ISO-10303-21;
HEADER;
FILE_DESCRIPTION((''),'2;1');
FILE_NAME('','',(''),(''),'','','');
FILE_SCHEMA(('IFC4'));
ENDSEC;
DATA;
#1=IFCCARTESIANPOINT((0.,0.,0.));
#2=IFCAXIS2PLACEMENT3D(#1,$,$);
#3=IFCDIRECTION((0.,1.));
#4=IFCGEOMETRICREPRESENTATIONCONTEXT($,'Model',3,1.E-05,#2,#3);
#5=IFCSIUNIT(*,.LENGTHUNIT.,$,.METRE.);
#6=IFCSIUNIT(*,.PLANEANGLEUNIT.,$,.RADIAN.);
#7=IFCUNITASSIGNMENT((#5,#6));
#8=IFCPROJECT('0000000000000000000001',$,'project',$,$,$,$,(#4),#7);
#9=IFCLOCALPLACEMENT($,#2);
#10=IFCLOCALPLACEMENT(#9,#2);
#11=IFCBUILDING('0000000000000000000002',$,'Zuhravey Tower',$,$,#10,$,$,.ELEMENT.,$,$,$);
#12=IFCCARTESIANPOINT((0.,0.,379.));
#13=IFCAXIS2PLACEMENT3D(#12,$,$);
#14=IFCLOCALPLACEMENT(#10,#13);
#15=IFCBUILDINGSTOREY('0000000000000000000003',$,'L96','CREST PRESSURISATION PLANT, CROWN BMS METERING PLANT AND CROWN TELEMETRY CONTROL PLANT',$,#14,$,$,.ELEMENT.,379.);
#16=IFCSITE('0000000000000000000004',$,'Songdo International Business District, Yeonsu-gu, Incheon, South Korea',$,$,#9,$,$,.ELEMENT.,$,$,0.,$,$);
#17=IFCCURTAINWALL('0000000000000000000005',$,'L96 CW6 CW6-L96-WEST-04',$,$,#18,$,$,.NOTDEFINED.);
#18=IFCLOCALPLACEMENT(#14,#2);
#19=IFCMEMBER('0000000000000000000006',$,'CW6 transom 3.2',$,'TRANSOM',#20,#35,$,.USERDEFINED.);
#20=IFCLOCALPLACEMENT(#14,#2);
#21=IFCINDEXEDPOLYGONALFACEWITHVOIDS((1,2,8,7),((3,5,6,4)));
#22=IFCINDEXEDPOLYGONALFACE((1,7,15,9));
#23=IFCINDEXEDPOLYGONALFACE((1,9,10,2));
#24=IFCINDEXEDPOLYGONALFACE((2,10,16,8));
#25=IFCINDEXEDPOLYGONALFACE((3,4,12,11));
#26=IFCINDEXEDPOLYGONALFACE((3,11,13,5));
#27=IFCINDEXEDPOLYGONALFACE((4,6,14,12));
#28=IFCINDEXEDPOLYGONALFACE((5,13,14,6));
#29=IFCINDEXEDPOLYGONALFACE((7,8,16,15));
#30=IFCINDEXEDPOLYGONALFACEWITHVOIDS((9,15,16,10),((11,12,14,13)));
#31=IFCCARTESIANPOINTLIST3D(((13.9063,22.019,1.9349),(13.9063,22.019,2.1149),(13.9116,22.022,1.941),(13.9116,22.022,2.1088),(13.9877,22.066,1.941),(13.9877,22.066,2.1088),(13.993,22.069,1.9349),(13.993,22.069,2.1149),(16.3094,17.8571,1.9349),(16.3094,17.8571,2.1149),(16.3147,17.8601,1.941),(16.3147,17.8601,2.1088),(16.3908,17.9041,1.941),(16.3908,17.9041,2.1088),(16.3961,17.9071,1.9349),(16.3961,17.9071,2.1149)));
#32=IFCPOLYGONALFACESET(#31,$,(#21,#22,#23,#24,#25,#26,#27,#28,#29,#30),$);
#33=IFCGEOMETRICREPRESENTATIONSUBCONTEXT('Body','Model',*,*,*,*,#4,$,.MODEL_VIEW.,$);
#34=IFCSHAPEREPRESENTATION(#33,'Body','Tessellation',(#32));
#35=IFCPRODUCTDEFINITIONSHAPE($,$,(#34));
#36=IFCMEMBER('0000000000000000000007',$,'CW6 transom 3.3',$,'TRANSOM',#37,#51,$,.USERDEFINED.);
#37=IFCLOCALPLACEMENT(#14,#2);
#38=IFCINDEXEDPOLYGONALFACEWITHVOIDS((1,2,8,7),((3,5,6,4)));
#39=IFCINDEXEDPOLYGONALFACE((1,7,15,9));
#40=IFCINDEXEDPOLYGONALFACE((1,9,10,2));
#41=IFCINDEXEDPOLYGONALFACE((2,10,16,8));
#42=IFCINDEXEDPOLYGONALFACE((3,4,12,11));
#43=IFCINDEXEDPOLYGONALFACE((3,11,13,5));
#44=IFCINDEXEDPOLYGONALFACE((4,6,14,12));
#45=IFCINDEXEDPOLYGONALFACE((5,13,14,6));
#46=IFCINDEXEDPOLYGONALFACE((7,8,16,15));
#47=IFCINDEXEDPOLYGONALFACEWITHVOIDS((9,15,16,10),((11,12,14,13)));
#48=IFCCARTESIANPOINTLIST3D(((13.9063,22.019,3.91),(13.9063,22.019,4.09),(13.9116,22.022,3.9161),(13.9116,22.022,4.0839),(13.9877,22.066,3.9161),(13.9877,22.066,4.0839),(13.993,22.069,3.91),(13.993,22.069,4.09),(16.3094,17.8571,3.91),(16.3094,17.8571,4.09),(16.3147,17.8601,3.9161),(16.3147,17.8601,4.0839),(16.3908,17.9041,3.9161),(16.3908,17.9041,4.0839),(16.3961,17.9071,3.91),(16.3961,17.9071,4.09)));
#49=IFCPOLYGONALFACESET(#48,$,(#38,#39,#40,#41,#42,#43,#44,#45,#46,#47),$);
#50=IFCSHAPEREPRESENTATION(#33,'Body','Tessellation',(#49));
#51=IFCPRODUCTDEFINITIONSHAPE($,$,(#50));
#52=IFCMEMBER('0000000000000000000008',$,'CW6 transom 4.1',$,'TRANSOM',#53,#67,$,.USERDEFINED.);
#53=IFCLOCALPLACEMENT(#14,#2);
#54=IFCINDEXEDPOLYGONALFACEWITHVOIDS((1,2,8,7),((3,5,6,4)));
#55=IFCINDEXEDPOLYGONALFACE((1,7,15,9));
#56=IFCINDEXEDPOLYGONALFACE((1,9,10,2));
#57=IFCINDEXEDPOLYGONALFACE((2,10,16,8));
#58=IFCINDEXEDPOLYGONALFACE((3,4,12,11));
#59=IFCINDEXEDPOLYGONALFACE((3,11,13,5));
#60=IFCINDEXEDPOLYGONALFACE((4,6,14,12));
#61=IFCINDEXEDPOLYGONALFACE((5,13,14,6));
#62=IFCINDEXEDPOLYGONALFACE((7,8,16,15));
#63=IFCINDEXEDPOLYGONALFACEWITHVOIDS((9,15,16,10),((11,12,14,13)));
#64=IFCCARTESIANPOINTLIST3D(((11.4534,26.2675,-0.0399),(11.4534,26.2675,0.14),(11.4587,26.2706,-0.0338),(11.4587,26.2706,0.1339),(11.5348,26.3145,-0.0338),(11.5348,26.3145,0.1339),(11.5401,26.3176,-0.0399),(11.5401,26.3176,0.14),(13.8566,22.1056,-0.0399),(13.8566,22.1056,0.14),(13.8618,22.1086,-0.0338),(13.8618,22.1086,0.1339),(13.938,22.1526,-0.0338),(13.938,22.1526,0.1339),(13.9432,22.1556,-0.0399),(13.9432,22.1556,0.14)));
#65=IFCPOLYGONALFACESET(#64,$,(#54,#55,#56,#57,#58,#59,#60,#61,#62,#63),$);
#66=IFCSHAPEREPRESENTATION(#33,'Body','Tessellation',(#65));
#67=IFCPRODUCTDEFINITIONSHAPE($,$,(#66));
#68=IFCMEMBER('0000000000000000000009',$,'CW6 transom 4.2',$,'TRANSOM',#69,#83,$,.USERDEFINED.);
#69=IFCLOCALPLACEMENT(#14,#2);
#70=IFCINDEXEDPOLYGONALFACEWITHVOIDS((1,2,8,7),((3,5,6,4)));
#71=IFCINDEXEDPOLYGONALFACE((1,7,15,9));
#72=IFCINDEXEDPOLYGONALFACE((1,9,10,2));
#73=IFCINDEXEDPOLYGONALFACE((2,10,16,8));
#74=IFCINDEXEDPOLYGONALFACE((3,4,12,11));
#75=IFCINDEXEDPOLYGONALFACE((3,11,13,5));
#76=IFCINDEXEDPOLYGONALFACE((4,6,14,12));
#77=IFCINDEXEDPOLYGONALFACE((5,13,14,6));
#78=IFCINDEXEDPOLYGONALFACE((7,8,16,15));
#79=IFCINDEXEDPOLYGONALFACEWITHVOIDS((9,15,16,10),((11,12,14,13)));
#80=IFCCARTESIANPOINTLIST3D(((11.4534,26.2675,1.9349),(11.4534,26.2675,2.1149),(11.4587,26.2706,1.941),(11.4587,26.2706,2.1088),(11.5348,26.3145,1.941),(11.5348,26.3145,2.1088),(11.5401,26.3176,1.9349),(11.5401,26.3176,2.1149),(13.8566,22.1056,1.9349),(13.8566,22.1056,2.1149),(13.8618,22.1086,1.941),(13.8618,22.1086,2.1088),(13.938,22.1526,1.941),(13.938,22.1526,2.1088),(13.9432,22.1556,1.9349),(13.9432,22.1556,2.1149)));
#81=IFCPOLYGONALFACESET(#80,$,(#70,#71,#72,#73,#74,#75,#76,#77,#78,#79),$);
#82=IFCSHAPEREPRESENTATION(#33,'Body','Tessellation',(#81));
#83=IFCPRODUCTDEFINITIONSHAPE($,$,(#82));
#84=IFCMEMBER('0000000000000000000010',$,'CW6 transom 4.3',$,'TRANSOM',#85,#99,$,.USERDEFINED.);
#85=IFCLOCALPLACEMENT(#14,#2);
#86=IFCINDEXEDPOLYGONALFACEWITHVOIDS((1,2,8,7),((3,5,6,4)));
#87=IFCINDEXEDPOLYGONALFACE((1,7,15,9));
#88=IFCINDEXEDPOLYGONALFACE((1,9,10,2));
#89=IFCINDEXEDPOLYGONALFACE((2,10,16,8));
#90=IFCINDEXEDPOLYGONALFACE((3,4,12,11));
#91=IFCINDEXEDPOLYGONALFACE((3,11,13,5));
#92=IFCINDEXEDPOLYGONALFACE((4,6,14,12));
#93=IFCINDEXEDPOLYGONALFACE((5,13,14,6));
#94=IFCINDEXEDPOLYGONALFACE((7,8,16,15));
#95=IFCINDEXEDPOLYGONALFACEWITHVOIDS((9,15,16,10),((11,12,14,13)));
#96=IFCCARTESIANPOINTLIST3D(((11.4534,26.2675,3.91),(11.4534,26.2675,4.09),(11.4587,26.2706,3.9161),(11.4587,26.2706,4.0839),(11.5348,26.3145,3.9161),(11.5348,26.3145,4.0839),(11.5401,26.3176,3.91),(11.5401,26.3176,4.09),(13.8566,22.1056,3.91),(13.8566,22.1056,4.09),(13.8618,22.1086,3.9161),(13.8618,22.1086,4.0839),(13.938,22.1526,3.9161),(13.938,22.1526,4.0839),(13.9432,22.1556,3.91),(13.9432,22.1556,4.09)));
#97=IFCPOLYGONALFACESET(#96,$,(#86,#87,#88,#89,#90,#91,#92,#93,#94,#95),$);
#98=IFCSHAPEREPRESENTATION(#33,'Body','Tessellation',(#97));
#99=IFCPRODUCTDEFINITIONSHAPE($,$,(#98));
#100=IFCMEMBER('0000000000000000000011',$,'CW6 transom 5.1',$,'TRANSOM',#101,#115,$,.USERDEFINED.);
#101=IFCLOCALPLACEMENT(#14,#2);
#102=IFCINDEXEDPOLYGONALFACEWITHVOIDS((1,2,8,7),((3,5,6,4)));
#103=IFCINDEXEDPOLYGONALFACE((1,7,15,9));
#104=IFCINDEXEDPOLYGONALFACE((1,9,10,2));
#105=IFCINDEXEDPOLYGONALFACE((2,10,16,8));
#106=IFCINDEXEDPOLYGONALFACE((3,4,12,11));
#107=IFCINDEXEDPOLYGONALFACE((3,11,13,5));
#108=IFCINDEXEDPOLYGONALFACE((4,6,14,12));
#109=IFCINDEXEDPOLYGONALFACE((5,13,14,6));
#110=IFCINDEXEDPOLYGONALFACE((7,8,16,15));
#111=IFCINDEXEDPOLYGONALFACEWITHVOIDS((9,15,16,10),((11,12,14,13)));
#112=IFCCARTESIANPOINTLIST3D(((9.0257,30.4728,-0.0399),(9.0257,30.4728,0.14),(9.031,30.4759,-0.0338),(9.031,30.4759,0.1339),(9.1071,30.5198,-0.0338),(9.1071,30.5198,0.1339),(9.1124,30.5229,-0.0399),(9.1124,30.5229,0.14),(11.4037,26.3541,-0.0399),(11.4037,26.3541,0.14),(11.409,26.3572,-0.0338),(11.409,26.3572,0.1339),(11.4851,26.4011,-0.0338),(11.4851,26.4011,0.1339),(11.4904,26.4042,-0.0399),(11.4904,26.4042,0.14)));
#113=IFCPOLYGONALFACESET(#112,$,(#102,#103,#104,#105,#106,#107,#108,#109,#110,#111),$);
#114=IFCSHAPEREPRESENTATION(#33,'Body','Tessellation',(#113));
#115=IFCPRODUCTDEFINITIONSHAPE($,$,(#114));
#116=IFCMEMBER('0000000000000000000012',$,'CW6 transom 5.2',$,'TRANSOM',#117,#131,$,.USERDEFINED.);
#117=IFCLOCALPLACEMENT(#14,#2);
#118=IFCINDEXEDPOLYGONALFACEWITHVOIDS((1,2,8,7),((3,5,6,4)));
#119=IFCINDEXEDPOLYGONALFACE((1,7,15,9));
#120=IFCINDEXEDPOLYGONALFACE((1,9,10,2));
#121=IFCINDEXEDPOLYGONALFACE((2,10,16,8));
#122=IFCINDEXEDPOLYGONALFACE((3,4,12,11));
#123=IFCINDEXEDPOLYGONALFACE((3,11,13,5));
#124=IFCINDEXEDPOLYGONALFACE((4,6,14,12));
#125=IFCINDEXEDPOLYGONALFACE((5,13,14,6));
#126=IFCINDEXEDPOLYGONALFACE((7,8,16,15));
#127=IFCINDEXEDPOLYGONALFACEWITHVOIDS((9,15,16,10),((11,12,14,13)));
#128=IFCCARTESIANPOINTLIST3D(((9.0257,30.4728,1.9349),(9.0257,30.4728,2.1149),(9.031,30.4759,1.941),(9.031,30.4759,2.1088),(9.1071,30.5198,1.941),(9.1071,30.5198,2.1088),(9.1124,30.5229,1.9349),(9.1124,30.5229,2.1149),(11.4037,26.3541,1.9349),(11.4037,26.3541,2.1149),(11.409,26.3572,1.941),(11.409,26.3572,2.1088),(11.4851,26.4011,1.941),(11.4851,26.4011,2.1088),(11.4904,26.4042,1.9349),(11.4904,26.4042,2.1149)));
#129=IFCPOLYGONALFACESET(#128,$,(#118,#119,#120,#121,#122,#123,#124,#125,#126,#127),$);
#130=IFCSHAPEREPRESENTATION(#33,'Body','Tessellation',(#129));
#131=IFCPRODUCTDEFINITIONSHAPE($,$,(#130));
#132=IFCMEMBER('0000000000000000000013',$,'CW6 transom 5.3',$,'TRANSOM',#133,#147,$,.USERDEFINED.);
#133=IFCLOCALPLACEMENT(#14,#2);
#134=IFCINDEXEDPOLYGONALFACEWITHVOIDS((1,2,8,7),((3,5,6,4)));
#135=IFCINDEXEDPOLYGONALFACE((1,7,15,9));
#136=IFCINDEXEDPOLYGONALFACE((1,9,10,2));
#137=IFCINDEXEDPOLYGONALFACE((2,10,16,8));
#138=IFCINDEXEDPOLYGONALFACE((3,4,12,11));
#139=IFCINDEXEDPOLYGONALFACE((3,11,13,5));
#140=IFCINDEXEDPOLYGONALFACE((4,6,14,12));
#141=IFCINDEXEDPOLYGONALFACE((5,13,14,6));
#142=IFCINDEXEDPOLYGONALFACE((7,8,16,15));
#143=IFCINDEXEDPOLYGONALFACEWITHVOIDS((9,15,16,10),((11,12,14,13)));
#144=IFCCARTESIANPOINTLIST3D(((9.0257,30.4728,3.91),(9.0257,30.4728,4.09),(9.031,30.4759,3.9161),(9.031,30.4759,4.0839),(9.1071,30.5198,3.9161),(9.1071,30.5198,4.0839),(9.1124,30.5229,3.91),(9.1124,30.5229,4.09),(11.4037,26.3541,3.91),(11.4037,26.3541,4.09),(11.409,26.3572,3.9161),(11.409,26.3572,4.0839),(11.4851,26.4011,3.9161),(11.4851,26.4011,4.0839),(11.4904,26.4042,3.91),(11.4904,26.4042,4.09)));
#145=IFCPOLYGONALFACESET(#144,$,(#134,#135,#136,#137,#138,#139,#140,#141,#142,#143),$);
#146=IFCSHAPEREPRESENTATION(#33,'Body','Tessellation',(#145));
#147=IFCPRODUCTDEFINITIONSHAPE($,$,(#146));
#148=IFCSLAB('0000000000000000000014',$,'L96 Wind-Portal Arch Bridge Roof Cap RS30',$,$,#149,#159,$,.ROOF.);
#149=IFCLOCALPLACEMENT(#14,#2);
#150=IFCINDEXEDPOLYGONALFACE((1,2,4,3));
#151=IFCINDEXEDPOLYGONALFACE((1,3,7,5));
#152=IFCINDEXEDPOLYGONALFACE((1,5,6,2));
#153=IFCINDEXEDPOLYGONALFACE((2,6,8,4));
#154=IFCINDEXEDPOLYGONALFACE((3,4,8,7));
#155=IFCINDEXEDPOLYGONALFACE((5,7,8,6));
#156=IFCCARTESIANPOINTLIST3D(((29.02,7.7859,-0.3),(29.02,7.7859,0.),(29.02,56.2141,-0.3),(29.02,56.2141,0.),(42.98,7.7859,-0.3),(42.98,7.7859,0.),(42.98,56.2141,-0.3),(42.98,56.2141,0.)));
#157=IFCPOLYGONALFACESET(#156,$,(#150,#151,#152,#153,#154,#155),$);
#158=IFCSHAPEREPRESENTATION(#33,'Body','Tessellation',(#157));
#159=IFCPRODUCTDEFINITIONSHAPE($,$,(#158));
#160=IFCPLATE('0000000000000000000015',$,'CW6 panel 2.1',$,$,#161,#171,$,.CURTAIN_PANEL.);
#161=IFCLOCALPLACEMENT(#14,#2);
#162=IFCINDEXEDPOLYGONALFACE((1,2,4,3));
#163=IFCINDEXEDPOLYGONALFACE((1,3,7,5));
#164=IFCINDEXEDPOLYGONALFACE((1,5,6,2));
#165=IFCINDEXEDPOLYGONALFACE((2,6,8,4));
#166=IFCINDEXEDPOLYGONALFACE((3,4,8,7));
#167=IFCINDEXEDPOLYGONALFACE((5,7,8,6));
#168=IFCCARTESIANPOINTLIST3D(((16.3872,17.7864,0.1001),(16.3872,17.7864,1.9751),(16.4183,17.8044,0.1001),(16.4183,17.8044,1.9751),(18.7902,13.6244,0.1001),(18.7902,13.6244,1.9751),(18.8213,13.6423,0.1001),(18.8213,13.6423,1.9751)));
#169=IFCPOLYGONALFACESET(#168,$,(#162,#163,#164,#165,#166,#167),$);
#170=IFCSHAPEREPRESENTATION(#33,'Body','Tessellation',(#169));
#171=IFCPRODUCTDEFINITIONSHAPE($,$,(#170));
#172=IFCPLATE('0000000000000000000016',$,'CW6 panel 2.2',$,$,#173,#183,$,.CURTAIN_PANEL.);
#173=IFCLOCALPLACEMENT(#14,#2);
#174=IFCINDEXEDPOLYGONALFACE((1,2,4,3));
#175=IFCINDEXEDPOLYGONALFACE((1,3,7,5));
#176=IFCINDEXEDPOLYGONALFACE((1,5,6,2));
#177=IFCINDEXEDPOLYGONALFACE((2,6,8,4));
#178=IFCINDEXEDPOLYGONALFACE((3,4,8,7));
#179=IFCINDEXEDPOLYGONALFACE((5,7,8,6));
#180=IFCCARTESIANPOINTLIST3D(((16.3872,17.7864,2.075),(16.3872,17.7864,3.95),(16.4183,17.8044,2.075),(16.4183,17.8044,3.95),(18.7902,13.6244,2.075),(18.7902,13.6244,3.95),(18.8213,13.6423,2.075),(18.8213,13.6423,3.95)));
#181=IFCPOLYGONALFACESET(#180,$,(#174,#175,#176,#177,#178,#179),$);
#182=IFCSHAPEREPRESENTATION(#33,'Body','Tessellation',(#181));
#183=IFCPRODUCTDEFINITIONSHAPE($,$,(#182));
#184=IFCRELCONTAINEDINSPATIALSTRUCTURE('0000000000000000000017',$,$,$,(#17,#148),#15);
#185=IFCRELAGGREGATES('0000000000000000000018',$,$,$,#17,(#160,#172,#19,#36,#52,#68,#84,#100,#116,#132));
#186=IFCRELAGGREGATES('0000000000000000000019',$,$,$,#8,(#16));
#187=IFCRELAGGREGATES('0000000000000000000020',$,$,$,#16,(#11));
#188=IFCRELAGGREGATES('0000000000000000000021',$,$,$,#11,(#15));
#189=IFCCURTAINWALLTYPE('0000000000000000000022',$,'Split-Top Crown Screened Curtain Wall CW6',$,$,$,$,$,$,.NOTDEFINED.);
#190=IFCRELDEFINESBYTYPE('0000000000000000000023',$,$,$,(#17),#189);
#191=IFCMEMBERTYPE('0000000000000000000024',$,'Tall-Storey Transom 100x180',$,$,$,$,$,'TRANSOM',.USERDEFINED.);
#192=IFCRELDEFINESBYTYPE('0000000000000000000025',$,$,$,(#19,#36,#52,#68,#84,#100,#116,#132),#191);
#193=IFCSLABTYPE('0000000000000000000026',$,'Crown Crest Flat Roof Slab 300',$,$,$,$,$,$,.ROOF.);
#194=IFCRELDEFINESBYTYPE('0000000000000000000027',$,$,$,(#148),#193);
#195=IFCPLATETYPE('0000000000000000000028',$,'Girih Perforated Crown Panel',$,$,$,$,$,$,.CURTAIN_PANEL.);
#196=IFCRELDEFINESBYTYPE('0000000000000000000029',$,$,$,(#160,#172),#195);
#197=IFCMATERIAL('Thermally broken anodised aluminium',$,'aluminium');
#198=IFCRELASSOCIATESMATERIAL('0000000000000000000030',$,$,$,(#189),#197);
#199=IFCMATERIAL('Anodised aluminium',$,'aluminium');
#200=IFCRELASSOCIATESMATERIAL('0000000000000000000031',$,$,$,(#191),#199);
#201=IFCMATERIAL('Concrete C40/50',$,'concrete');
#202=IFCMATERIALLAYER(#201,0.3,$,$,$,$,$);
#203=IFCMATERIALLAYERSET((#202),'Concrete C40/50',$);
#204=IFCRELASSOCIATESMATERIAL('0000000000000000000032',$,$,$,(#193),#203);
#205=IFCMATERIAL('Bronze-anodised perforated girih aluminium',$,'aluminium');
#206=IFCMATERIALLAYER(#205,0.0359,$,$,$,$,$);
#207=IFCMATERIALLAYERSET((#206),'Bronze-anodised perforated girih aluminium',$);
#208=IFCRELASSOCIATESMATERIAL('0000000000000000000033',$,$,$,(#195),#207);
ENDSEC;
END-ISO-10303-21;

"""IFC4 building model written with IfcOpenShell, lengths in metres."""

from ifc_helpers import new_model, si_unit, direction, frame, origin, origin_2d, place, context, subcontext, project, spatial, polyline, rectangle, hollow_rectangle, outline, extrude, material, layer, layer_set, material_profile, profile_set, type_object, element, aggregate, save


model = new_model("IFC4")

# Units and contexts
model_context = context("Model", 3, precision=1e-05, world=origin(), true_north=direction((0.0, 1.0)))
body_context = subcontext(model_context, "Body", "Model", "MODEL_VIEW")
ifc_project = project(units=[si_unit("LENGTHUNIT", "METRE"), si_unit("PLANEANGLEUNIT", "RADIAN")], contexts=[model_context])

# Site, building, storey
site_placement = place(None, origin())
site = spatial("IfcSite", under=ifc_project, at=site_placement, Name="Songdo International Business District, Yeonsu-gu, Incheon, South Korea", CompositionType="ELEMENT", RefElevation=0.0)
building_placement = place(site_placement, origin())
building = spatial("IfcBuilding", under=site, at=building_placement, Name="Zuhravey Tower", CompositionType="ELEMENT")
storey_placement = place(building_placement, frame((0.0, 0.0, 379.0)))
storey = spatial("IfcBuildingStorey", under=building, at=storey_placement, Name="L96", Description="CREST PRESSURISATION PLANT, CROWN BMS METERING PLANT AND CROWN TELEMETRY CONTROL PLANT", CompositionType="ELEMENT", Elevation=379.0)

# Curtain wall, members
ifc_material_1 = material(Name="Thermally broken anodised aluminium", Category="aluminium")
curtain_wall_type = type_object("IfcCurtainWallType", Name="Split-Top Crown Screened Curtain Wall CW6", PredefinedType="NOTDEFINED", material=ifc_material_1)
curtain_wall_placement = place(storey_placement, origin())
curtain_wall = element("IfcCurtainWall", 1, at=curtain_wall_placement, inside=storey, type_object=curtain_wall_type, Name="L96 CW6 CW6-L96-WEST-04", PredefinedType="NOTDEFINED")
ifc_material_2 = material(Name="Anodised aluminium", Category="aluminium")
ifc_material_profile_1 = material_profile(ifc_material_2, hollow_rectangle(XDim=0.1001, YDim=0.1799, WallThickness=0.0061, at=origin_2d()), Name="ALU-RHS-100x180x6")
ifc_profile_set_1 = profile_set([ifc_material_profile_1], Name="Anodised aluminium")
member_type_1 = type_object("IfcMemberType", Name="Tall-Storey Transom 100x180", ElementType="TRANSOM", PredefinedType="USERDEFINED", material=ifc_profile_set_1)
member_1_placement = place(storey_placement, frame((16.3528, 17.8821, 2.0249), z_axis=(-0.500035, 0.866005, 0.0), x_axis=(-0.866005, -0.500035, 0.0)))
member_1 = element("IfcMember", 2, at=member_1_placement, type_object=member_type_1, Name="CW6 transom 3.2", ObjectType="TRANSOM", PredefinedType="USERDEFINED", context=body_context, shape_type="SweptSolid", body=[
    extrude(hollow_rectangle(XDim=0.1001, YDim=0.1799, WallThickness=0.0061, at=origin_2d()), origin(), (0.0, 0.0, 1.0), 4.8059),
])
member_2_placement = place(storey_placement, frame((16.3528, 17.8821, 4.0), z_axis=(-0.500035, 0.866005, 0.0), x_axis=(-0.866005, -0.500035, 0.0)))
member_2 = element("IfcMember", 3, at=member_2_placement, type_object=member_type_1, Name="CW6 transom 3.3", ObjectType="TRANSOM", PredefinedType="USERDEFINED", context=body_context, shape_type="SweptSolid", body=[
    extrude(hollow_rectangle(XDim=0.1001, YDim=0.1799, WallThickness=0.0061, at=origin_2d()), origin(), (0.0, 0.0, 1.0), 4.8059),
])
member_3_placement = place(storey_placement, frame((13.8999, 22.1306, 0.05), z_axis=(-0.500035, 0.866005, 0.0), x_axis=(-0.866005, -0.500035, 0.0)))
member_3 = element("IfcMember", 4, at=member_3_placement, type_object=member_type_1, Name="CW6 transom 4.1", ObjectType="TRANSOM", PredefinedType="USERDEFINED", context=body_context, shape_type="SweptSolid", body=[
    extrude(hollow_rectangle(XDim=0.1001, YDim=0.1799, WallThickness=0.0061, at=origin_2d()), origin(), (0.0, 0.0, 1.0), 4.8059),
])
member_4_placement = place(storey_placement, frame((13.8999, 22.1306, 2.0249), z_axis=(-0.500035, 0.866005, 0.0), x_axis=(-0.866005, -0.500035, 0.0)))
member_4 = element("IfcMember", 5, at=member_4_placement, type_object=member_type_1, Name="CW6 transom 4.2", ObjectType="TRANSOM", PredefinedType="USERDEFINED", context=body_context, shape_type="SweptSolid", body=[
    extrude(hollow_rectangle(XDim=0.1001, YDim=0.1799, WallThickness=0.0061, at=origin_2d()), origin(), (0.0, 0.0, 1.0), 4.8059),
])
member_5_placement = place(storey_placement, frame((13.8999, 22.1306, 4.0), z_axis=(-0.500035, 0.866005, 0.0), x_axis=(-0.866005, -0.500035, 0.0)))
member_5 = element("IfcMember", 6, at=member_5_placement, type_object=member_type_1, Name="CW6 transom 4.3", ObjectType="TRANSOM", PredefinedType="USERDEFINED", context=body_context, shape_type="SweptSolid", body=[
    extrude(hollow_rectangle(XDim=0.1001, YDim=0.1799, WallThickness=0.0061, at=origin_2d()), origin(), (0.0, 0.0, 1.0), 4.8059),
])
member_6_placement = place(storey_placement, frame((11.447, 26.3792, 0.05), z_axis=(-0.500004, 0.866023, 0.0), x_axis=(-0.866023, -0.500004, 0.0)))
member_6 = element("IfcMember", 7, at=member_6_placement, type_object=member_type_1, Name="CW6 transom 5.1", ObjectType="TRANSOM", PredefinedType="USERDEFINED", context=body_context, shape_type="SweptSolid", body=[
    extrude(hollow_rectangle(XDim=0.1001, YDim=0.1799, WallThickness=0.0061, at=origin_2d()), origin(), (0.0, 0.0, 1.0), 4.7559),
])
member_7_placement = place(storey_placement, frame((11.447, 26.3792, 2.0249), z_axis=(-0.500004, 0.866023, 0.0), x_axis=(-0.866023, -0.500004, 0.0)))
member_7 = element("IfcMember", 8, at=member_7_placement, type_object=member_type_1, Name="CW6 transom 5.2", ObjectType="TRANSOM", PredefinedType="USERDEFINED", context=body_context, shape_type="SweptSolid", body=[
    extrude(hollow_rectangle(XDim=0.1001, YDim=0.1799, WallThickness=0.0061, at=origin_2d()), origin(), (0.0, 0.0, 1.0), 4.7559),
])
member_8_placement = place(storey_placement, frame((11.447, 26.3792, 4.0), z_axis=(-0.500004, 0.866023, 0.0), x_axis=(-0.866023, -0.500004, 0.0)))
member_8 = element("IfcMember", 9, at=member_8_placement, type_object=member_type_1, Name="CW6 transom 5.3", ObjectType="TRANSOM", PredefinedType="USERDEFINED", context=body_context, shape_type="SweptSolid", body=[
    extrude(hollow_rectangle(XDim=0.1001, YDim=0.1799, WallThickness=0.0061, at=origin_2d()), origin(), (0.0, 0.0, 1.0), 4.7559),
])

# Slab
ifc_material_3 = material(Name="Concrete C40/50", Category="concrete")
ifc_layer_1 = layer(ifc_material_3, 0.3)
ifc_layer_set_1 = layer_set([ifc_layer_1], Name="Concrete C40/50")
slab_type_1 = type_object("IfcSlabType", Name="Crown Crest Flat Roof Slab 300", PredefinedType="ROOF", material=ifc_layer_set_1)
slab_1_placement = place(storey_placement, frame((0.0, 0.0, -0.3)))
element("IfcSlab", 10, at=slab_1_placement, inside=storey, type_object=slab_type_1, Name="L96 Wind-Portal Arch Bridge Roof Cap RS30", PredefinedType="ROOF", context=body_context, shape_type="SweptSolid", body=[
    extrude(outline(polyline([(42.98, 56.2141), (42.98, 7.7859), (29.02, 7.7859), (29.02, 56.2141), (42.98, 56.2141)])), origin(), (0.0, 0.0, 1.0), 0.3),
])

# Plates
ifc_material_4 = material(Name="Bronze-anodised perforated girih aluminium", Category="aluminium")
ifc_layer_2 = layer(ifc_material_4, 0.0359)
ifc_layer_set_2 = layer_set([ifc_layer_2], Name="Bronze-anodised perforated girih aluminium")
plate_type = type_object("IfcPlateType", Name="Girih Perforated Crown Panel", PredefinedType="CURTAIN_PANEL", material=ifc_layer_set_2)
plate_1_placement = place(storey_placement, frame((17.6042, 15.7144, 0.1001), z_axis=(0.0, 0.0, 1.0), x_axis=(-0.499997, 0.866027, 0.0)))
plate_1 = element("IfcPlate", 11, at=plate_1_placement, type_object=plate_type, Name="CW6 panel 2.1", PredefinedType="CURTAIN_PANEL", context=body_context, shape_type="SweptSolid", body=[
    extrude(rectangle(XDim=4.8059, YDim=0.0359, at=origin_2d()), origin(), (0.0, 0.0, 1.0), 1.875),
])
plate_2_placement = place(storey_placement, frame((17.6042, 15.7144, 2.075), z_axis=(0.0, 0.0, 1.0), x_axis=(-0.499997, 0.866027, 0.0)))
plate_2 = element("IfcPlate", 12, at=plate_2_placement, type_object=plate_type, Name="CW6 panel 2.2", PredefinedType="CURTAIN_PANEL", context=body_context, shape_type="SweptSolid", body=[
    extrude(rectangle(XDim=4.8059, YDim=0.0359, at=origin_2d()), origin(), (0.0, 0.0, 1.0), 1.875),
])
aggregate(curtain_wall, [plate_1, plate_2, member_1, member_2, member_3, member_4, member_5, member_6, member_7, member_8])

save(model, "model.ifc")
